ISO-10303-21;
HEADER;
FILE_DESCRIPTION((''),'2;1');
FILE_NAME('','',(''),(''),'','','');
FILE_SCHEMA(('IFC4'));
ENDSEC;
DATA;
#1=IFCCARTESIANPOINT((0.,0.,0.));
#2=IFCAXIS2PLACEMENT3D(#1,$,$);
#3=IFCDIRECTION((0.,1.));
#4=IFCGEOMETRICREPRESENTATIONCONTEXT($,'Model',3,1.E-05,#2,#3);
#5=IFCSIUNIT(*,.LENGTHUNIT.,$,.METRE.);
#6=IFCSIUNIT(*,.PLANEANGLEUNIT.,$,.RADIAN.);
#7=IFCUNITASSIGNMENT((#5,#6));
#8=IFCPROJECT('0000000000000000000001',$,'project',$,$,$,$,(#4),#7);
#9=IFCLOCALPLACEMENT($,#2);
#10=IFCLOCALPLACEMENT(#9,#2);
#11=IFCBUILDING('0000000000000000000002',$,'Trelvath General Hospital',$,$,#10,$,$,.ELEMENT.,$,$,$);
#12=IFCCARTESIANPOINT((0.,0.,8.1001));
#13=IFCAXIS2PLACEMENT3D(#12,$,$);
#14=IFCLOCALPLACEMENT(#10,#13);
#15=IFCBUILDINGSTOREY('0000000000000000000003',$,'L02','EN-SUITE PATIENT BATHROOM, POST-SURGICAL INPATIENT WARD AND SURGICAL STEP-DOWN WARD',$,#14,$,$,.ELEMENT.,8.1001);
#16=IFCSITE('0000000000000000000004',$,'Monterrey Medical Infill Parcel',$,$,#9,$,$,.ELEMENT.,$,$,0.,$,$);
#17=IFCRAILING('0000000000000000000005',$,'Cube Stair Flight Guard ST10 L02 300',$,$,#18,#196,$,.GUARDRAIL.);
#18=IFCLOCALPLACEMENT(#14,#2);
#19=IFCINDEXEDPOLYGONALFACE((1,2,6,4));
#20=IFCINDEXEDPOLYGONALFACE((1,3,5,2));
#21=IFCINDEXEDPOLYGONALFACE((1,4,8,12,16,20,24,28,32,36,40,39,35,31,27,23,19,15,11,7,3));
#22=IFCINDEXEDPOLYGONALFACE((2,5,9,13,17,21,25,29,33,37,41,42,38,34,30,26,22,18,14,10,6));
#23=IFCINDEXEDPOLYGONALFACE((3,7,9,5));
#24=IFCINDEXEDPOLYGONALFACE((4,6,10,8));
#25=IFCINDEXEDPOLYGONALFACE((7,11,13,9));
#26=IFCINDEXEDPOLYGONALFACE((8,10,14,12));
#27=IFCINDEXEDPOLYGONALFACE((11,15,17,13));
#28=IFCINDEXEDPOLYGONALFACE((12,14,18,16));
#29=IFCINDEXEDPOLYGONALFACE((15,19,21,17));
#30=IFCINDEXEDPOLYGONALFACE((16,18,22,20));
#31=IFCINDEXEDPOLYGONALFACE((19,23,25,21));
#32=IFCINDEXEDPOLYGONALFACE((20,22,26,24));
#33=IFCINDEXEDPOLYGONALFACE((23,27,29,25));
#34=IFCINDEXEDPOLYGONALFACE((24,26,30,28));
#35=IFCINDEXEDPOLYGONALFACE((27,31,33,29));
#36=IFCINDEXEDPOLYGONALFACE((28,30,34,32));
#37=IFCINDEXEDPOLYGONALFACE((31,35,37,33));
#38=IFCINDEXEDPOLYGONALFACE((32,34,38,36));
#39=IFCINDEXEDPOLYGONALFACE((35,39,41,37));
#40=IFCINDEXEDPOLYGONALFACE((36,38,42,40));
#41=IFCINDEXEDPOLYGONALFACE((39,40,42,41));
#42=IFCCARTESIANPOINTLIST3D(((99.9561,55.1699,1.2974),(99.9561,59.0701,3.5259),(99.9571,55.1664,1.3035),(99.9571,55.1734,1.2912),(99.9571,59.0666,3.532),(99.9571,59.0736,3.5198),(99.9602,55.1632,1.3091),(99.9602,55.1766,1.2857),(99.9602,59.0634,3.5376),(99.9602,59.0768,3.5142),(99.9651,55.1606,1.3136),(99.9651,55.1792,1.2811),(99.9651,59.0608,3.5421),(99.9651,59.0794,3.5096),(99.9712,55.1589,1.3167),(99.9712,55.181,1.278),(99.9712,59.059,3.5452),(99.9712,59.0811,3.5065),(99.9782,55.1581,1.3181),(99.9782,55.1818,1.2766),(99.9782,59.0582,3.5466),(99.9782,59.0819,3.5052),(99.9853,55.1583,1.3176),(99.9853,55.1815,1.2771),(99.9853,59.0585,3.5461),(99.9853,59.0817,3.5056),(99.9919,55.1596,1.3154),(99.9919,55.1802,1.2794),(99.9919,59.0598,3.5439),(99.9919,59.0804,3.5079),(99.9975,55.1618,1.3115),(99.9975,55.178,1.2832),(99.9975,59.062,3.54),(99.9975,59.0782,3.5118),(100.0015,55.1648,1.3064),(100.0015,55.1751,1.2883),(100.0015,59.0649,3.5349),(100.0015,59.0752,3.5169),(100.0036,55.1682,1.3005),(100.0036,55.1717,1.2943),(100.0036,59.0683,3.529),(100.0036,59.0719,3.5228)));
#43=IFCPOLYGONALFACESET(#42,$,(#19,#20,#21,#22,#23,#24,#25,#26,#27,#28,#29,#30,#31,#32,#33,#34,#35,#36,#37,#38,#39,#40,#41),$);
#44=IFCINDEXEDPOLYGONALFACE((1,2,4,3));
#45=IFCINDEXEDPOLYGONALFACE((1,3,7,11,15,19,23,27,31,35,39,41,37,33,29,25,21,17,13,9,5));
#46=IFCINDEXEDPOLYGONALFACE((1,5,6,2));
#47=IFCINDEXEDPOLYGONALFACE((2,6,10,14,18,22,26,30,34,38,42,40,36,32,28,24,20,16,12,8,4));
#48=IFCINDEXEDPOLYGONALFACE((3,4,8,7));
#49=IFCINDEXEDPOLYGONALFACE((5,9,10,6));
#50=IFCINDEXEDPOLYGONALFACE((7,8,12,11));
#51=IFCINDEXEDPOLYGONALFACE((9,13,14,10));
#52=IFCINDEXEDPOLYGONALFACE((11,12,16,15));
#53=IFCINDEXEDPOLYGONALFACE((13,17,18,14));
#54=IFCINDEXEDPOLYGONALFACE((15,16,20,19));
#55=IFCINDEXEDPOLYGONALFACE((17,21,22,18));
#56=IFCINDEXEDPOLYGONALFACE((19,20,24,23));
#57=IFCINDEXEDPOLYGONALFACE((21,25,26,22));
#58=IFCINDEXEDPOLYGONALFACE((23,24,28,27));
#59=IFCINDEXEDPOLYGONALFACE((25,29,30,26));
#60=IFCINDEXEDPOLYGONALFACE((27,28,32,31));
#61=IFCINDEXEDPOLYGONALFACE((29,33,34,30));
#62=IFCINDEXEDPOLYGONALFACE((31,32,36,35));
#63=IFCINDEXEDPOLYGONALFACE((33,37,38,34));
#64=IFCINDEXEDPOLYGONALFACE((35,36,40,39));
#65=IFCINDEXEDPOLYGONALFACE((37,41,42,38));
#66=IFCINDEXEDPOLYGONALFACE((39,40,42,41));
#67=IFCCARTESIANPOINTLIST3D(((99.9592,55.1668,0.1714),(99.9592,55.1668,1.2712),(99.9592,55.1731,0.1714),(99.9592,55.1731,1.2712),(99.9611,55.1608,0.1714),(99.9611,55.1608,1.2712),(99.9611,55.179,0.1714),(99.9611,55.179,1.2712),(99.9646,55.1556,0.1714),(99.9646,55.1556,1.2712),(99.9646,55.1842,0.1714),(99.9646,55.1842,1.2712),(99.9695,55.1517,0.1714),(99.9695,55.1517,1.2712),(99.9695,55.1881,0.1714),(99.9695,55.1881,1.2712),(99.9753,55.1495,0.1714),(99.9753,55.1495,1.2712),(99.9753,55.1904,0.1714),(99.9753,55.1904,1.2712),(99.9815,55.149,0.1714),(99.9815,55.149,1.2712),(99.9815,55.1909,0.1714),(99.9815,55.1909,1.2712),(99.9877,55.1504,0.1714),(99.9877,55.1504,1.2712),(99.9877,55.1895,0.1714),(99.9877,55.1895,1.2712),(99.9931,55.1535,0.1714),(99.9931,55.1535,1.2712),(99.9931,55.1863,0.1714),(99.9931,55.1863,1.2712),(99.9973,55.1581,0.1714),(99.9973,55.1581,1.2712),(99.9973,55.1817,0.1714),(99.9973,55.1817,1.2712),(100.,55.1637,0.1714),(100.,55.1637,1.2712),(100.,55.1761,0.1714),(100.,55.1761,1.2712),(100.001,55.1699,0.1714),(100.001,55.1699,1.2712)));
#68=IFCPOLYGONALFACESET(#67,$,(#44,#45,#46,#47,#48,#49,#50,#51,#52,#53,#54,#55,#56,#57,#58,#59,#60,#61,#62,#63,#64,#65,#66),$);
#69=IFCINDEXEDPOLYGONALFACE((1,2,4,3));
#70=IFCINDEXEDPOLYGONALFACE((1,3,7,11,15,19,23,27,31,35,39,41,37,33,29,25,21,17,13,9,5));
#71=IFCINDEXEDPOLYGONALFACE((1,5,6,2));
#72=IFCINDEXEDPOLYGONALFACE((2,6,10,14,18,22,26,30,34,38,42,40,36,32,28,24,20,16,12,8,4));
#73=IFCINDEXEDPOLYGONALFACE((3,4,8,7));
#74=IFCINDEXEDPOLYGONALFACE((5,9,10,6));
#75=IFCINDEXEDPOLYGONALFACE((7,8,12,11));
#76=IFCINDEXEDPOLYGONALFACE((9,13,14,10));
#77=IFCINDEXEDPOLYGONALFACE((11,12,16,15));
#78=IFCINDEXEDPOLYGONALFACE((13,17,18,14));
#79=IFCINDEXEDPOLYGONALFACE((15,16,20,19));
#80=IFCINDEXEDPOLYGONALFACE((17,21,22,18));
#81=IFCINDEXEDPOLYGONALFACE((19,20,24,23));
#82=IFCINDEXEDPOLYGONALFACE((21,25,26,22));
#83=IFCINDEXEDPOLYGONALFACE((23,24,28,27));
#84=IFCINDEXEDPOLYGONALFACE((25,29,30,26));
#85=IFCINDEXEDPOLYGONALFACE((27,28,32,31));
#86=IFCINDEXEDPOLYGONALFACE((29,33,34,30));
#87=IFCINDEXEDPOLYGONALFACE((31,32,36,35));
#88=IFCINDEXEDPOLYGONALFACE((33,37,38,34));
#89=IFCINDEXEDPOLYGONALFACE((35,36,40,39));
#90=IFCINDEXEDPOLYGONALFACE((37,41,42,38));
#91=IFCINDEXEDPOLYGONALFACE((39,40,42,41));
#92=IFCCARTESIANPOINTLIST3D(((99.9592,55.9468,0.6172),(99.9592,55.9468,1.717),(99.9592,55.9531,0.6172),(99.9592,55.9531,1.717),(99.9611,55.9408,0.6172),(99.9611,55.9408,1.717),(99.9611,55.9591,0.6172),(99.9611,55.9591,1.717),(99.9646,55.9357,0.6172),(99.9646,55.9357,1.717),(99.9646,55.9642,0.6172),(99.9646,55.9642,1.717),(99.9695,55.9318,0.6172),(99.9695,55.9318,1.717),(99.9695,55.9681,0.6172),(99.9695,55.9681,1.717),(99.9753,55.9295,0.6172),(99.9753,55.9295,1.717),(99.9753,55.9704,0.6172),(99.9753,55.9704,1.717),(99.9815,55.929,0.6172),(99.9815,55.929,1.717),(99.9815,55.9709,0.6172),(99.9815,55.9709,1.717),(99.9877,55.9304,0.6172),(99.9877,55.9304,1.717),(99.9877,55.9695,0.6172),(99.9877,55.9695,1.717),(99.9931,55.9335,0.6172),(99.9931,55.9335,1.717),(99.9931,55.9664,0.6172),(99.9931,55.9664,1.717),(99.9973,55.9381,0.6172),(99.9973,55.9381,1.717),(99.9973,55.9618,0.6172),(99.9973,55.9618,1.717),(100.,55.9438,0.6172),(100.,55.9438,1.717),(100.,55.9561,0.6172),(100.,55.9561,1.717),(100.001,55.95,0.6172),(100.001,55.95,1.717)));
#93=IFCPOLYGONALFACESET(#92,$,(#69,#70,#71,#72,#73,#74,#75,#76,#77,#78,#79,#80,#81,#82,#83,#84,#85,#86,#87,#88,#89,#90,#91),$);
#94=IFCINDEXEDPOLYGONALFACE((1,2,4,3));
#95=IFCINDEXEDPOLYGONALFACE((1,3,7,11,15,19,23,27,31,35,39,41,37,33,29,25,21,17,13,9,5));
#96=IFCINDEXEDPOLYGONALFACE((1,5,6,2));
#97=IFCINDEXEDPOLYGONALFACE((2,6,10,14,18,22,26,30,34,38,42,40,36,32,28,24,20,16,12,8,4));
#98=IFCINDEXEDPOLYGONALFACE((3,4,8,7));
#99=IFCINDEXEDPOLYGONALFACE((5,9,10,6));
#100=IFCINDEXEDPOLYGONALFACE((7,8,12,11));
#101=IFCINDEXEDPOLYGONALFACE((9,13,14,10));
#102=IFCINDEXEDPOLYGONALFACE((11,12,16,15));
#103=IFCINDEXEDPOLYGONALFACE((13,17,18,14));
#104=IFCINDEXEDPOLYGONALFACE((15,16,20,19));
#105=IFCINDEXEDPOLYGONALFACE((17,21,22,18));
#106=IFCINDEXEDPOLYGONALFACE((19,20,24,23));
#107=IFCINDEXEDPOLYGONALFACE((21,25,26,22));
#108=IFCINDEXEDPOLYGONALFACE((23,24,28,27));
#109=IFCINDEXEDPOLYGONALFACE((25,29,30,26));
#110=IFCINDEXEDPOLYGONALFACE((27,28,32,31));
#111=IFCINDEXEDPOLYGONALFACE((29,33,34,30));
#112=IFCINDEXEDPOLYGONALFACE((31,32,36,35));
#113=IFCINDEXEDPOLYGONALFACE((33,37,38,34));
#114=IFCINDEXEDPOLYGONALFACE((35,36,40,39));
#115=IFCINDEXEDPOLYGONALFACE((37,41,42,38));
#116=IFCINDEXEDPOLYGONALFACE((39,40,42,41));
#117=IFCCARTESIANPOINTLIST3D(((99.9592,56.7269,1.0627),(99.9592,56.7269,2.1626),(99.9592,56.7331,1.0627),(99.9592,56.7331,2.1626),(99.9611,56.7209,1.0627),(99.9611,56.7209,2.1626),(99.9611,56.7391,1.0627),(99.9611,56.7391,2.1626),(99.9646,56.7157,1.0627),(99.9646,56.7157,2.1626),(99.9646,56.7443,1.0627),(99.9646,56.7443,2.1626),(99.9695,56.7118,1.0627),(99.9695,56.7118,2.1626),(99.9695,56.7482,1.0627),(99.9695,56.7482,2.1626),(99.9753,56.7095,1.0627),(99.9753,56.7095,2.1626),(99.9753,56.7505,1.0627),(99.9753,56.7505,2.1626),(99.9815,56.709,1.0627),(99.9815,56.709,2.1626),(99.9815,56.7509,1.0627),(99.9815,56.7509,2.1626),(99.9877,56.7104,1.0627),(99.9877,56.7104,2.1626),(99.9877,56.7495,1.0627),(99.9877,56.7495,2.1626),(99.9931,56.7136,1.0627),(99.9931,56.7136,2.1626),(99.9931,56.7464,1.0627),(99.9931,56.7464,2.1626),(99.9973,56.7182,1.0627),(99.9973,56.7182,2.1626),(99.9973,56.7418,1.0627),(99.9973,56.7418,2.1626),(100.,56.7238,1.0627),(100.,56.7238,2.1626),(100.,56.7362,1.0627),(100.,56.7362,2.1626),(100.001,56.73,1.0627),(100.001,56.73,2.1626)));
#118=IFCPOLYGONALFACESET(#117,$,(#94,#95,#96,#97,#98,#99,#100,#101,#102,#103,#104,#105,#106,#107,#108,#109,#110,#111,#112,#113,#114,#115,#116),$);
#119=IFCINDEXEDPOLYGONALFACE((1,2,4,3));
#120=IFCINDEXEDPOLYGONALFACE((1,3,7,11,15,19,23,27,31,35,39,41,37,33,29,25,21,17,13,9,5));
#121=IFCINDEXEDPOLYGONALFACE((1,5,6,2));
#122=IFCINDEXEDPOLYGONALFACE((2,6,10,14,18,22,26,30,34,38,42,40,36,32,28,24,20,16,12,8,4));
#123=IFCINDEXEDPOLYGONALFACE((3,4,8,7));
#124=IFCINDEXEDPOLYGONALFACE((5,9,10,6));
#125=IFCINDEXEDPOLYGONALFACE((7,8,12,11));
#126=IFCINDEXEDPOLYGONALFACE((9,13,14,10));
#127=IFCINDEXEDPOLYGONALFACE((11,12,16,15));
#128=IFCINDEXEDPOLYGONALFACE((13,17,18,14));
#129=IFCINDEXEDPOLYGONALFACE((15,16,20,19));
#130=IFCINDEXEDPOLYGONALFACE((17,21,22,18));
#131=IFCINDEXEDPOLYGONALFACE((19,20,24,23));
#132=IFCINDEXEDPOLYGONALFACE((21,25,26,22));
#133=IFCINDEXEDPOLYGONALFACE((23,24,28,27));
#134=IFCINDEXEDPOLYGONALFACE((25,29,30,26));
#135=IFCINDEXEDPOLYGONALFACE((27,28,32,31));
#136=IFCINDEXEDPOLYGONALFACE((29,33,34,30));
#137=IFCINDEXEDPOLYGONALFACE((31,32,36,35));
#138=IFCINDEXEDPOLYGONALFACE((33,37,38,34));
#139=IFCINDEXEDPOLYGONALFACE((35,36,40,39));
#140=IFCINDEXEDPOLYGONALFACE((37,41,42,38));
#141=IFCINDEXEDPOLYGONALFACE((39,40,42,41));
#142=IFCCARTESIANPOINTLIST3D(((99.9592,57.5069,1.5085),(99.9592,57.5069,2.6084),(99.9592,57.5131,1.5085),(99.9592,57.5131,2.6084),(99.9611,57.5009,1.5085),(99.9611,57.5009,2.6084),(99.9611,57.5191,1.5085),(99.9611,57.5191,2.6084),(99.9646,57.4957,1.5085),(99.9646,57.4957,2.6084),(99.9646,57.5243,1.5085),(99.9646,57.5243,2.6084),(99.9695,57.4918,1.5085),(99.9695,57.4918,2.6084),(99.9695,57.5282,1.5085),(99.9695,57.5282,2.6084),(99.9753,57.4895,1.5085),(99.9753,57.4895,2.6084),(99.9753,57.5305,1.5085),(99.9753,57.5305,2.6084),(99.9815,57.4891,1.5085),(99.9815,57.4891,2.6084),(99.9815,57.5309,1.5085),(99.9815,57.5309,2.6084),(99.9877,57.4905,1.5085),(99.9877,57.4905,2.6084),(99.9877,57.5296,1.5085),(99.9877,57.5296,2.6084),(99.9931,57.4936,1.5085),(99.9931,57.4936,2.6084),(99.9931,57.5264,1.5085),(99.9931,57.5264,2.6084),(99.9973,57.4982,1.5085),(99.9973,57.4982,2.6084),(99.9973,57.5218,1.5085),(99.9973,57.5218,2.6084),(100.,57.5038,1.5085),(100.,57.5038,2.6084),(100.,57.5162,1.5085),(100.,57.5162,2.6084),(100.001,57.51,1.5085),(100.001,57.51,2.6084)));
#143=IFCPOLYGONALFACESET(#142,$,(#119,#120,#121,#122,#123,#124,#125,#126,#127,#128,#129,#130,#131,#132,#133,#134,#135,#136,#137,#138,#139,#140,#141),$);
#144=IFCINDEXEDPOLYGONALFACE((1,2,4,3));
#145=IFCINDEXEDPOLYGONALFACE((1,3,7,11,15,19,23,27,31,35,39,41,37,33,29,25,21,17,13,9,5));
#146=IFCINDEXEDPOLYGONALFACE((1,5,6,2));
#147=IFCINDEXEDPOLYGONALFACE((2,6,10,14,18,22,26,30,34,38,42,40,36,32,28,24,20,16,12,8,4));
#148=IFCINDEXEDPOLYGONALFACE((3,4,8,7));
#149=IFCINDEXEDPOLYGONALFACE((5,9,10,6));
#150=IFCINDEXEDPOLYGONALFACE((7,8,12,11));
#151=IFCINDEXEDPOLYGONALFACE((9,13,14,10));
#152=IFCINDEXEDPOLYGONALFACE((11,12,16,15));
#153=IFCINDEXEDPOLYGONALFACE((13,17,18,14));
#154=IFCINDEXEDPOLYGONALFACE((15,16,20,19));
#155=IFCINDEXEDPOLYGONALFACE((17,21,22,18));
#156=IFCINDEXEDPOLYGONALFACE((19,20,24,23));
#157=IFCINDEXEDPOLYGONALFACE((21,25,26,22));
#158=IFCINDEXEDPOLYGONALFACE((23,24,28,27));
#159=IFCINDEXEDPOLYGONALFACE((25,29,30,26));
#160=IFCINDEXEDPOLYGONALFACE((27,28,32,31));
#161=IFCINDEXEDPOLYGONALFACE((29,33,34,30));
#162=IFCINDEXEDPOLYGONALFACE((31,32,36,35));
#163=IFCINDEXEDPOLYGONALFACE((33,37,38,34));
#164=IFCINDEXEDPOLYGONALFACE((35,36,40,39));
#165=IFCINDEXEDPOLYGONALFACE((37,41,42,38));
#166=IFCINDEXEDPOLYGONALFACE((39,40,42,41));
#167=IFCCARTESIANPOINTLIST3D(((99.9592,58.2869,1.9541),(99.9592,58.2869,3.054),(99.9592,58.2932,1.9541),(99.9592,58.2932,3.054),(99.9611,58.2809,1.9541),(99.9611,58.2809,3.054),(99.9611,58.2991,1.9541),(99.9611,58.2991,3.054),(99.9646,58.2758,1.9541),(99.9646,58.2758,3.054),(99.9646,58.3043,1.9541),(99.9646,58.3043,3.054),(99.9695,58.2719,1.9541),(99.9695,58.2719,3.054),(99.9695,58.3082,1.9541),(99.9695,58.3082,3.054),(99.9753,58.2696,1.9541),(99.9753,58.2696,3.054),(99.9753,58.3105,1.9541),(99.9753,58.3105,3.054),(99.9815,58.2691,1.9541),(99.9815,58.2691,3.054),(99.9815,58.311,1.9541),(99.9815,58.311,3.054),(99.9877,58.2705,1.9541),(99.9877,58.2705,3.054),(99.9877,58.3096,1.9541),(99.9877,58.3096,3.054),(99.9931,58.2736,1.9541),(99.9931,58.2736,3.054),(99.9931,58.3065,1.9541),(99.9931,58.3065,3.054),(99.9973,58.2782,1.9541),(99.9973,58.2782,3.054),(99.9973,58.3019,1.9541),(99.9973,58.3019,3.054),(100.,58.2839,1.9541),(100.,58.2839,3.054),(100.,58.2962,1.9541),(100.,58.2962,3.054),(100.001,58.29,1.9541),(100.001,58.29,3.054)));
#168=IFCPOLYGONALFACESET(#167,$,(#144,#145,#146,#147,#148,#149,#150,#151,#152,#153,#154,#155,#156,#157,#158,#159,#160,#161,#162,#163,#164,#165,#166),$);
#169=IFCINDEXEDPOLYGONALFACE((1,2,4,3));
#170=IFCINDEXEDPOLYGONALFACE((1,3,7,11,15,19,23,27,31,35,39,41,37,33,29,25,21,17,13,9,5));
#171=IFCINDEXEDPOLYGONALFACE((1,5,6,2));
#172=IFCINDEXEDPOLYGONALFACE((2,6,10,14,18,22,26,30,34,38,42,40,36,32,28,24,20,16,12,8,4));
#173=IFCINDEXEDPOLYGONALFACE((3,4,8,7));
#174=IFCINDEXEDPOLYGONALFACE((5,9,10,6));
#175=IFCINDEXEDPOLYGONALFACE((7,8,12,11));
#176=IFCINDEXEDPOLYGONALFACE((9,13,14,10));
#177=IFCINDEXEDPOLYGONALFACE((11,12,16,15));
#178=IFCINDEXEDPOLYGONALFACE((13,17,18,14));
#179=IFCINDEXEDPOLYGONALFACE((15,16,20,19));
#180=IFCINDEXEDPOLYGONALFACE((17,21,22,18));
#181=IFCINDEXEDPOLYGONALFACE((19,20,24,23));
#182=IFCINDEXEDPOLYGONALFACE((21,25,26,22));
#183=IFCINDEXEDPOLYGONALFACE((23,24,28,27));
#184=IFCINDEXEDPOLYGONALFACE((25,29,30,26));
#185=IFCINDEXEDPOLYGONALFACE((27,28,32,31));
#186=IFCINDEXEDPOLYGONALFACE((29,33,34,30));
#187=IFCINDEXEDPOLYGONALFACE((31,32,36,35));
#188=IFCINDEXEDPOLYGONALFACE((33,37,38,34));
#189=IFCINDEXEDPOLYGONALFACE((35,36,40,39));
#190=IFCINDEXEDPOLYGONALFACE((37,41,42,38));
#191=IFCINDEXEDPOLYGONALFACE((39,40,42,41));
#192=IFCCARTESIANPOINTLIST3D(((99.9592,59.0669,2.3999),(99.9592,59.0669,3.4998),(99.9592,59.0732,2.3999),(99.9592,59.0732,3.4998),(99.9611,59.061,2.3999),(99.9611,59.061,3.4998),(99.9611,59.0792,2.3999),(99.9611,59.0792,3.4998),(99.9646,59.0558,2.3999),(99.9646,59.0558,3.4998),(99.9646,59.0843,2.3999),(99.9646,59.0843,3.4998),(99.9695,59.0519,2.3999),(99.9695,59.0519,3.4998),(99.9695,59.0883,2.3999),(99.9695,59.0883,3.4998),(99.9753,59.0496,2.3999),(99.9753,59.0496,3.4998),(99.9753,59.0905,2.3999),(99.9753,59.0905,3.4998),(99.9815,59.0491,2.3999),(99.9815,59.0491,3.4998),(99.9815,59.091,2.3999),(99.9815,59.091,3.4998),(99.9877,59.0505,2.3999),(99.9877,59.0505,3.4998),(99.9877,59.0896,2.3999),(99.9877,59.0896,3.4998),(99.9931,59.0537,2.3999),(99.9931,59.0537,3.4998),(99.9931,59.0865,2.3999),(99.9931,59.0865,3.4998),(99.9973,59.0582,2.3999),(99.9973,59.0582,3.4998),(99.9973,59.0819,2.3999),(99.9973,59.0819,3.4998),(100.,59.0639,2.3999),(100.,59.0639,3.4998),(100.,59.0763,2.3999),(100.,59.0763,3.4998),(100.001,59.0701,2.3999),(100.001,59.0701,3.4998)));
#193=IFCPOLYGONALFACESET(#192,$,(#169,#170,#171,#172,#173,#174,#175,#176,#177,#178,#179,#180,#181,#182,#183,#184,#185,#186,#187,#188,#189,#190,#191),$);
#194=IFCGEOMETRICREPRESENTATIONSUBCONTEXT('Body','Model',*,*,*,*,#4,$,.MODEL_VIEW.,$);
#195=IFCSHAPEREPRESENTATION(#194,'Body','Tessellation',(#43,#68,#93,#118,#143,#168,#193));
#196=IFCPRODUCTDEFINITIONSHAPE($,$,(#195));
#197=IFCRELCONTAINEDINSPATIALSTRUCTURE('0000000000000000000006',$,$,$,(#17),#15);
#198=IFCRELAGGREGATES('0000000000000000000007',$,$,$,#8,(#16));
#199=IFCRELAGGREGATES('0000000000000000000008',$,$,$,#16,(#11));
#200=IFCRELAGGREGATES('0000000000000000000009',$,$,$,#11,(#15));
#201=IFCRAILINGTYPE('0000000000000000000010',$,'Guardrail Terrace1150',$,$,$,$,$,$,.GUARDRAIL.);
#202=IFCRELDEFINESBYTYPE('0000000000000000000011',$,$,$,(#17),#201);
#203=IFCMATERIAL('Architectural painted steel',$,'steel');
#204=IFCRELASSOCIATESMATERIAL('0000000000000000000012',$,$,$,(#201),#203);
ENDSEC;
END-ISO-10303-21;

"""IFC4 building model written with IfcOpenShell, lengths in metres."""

from ifc_helpers import new_model, si_unit, direction, frame, origin, origin_2d, place, context, subcontext, project, spatial, circle, extrude, material, type_object, element, save


model = new_model("IFC4")

# Units and contexts
model_context = context("Model", 3, precision=1e-05, world=origin(), true_north=direction((0.0, 1.0)))
body_context = subcontext(model_context, "Body", "Model", "MODEL_VIEW")
ifc_project = project(units=[si_unit("LENGTHUNIT", "METRE"), si_unit("PLANEANGLEUNIT", "RADIAN")], contexts=[model_context])

# Site, building, storey
site_placement = place(None, origin())
site = spatial("IfcSite", under=ifc_project, at=site_placement, Name="Monterrey Medical Infill Parcel", CompositionType="ELEMENT", RefElevation=0.0)
building_placement = place(site_placement, origin())
building = spatial("IfcBuilding", under=site, at=building_placement, Name="Trelvath General Hospital", CompositionType="ELEMENT")
storey_placement = place(building_placement, frame((0.0, 0.0, 8.1001)))
storey = spatial("IfcBuildingStorey", under=building, at=storey_placement, Name="L02", Description="EN-SUITE PATIENT BATHROOM, POST-SURGICAL INPATIENT WARD AND SURGICAL STEP-DOWN WARD", CompositionType="ELEMENT", Elevation=8.1001)

# Railing
ifc_material_1 = material(Name="Architectural painted steel", Category="steel")
railing_type = type_object("IfcRailingType", Name="Guardrail Terrace1150", PredefinedType="GUARDRAIL", material=ifc_material_1)
for number, where, name in (
    (1, (99.98, 55.1699, 0.1714), "Cube Stair Flight Guard ST10 L02 300"),
):
    element("IfcRailing", number, at=place(storey_placement, frame(where)), inside=storey, type_object=railing_type, Name=name, PredefinedType="GUARDRAIL", context=body_context, shape_type="SweptSolid", body=[
        extrude(circle(Radius=0.0239, at=origin_2d()), frame((0.0, 0.0, 1.126), z_axis=(0.0, 0.868257, 0.496116), x_axis=(-1.0, 0.0, 0.0)), (0.0, 0.0, 1.0), 4.4919),
        extrude(circle(Radius=0.021, at=origin_2d()), origin(), (0.0, 0.0, 1.0), 1.0999),
        extrude(circle(Radius=0.021, at=origin_2d()), frame((0.0, 0.78, 0.4458)), (0.0, 0.0, 1.0), 1.0999),
        extrude(circle(Radius=0.021, at=origin_2d()), frame((0.0, 1.5601, 0.8914)), (0.0, 0.0, 1.0), 1.0999),
        extrude(circle(Radius=0.021, at=origin_2d()), frame((0.0, 2.3401, 1.3372)), (0.0, 0.0, 1.0), 1.0999),
        extrude(circle(Radius=0.021, at=origin_2d()), frame((0.0, 3.1201, 1.7827)), (0.0, 0.0, 1.0), 1.0999),
        extrude(circle(Radius=0.021, at=origin_2d()), frame((0.0, 3.9001, 2.2285)), (0.0, 0.0, 1.0), 1.0999),
    ])

save(model, "model.ifc")
